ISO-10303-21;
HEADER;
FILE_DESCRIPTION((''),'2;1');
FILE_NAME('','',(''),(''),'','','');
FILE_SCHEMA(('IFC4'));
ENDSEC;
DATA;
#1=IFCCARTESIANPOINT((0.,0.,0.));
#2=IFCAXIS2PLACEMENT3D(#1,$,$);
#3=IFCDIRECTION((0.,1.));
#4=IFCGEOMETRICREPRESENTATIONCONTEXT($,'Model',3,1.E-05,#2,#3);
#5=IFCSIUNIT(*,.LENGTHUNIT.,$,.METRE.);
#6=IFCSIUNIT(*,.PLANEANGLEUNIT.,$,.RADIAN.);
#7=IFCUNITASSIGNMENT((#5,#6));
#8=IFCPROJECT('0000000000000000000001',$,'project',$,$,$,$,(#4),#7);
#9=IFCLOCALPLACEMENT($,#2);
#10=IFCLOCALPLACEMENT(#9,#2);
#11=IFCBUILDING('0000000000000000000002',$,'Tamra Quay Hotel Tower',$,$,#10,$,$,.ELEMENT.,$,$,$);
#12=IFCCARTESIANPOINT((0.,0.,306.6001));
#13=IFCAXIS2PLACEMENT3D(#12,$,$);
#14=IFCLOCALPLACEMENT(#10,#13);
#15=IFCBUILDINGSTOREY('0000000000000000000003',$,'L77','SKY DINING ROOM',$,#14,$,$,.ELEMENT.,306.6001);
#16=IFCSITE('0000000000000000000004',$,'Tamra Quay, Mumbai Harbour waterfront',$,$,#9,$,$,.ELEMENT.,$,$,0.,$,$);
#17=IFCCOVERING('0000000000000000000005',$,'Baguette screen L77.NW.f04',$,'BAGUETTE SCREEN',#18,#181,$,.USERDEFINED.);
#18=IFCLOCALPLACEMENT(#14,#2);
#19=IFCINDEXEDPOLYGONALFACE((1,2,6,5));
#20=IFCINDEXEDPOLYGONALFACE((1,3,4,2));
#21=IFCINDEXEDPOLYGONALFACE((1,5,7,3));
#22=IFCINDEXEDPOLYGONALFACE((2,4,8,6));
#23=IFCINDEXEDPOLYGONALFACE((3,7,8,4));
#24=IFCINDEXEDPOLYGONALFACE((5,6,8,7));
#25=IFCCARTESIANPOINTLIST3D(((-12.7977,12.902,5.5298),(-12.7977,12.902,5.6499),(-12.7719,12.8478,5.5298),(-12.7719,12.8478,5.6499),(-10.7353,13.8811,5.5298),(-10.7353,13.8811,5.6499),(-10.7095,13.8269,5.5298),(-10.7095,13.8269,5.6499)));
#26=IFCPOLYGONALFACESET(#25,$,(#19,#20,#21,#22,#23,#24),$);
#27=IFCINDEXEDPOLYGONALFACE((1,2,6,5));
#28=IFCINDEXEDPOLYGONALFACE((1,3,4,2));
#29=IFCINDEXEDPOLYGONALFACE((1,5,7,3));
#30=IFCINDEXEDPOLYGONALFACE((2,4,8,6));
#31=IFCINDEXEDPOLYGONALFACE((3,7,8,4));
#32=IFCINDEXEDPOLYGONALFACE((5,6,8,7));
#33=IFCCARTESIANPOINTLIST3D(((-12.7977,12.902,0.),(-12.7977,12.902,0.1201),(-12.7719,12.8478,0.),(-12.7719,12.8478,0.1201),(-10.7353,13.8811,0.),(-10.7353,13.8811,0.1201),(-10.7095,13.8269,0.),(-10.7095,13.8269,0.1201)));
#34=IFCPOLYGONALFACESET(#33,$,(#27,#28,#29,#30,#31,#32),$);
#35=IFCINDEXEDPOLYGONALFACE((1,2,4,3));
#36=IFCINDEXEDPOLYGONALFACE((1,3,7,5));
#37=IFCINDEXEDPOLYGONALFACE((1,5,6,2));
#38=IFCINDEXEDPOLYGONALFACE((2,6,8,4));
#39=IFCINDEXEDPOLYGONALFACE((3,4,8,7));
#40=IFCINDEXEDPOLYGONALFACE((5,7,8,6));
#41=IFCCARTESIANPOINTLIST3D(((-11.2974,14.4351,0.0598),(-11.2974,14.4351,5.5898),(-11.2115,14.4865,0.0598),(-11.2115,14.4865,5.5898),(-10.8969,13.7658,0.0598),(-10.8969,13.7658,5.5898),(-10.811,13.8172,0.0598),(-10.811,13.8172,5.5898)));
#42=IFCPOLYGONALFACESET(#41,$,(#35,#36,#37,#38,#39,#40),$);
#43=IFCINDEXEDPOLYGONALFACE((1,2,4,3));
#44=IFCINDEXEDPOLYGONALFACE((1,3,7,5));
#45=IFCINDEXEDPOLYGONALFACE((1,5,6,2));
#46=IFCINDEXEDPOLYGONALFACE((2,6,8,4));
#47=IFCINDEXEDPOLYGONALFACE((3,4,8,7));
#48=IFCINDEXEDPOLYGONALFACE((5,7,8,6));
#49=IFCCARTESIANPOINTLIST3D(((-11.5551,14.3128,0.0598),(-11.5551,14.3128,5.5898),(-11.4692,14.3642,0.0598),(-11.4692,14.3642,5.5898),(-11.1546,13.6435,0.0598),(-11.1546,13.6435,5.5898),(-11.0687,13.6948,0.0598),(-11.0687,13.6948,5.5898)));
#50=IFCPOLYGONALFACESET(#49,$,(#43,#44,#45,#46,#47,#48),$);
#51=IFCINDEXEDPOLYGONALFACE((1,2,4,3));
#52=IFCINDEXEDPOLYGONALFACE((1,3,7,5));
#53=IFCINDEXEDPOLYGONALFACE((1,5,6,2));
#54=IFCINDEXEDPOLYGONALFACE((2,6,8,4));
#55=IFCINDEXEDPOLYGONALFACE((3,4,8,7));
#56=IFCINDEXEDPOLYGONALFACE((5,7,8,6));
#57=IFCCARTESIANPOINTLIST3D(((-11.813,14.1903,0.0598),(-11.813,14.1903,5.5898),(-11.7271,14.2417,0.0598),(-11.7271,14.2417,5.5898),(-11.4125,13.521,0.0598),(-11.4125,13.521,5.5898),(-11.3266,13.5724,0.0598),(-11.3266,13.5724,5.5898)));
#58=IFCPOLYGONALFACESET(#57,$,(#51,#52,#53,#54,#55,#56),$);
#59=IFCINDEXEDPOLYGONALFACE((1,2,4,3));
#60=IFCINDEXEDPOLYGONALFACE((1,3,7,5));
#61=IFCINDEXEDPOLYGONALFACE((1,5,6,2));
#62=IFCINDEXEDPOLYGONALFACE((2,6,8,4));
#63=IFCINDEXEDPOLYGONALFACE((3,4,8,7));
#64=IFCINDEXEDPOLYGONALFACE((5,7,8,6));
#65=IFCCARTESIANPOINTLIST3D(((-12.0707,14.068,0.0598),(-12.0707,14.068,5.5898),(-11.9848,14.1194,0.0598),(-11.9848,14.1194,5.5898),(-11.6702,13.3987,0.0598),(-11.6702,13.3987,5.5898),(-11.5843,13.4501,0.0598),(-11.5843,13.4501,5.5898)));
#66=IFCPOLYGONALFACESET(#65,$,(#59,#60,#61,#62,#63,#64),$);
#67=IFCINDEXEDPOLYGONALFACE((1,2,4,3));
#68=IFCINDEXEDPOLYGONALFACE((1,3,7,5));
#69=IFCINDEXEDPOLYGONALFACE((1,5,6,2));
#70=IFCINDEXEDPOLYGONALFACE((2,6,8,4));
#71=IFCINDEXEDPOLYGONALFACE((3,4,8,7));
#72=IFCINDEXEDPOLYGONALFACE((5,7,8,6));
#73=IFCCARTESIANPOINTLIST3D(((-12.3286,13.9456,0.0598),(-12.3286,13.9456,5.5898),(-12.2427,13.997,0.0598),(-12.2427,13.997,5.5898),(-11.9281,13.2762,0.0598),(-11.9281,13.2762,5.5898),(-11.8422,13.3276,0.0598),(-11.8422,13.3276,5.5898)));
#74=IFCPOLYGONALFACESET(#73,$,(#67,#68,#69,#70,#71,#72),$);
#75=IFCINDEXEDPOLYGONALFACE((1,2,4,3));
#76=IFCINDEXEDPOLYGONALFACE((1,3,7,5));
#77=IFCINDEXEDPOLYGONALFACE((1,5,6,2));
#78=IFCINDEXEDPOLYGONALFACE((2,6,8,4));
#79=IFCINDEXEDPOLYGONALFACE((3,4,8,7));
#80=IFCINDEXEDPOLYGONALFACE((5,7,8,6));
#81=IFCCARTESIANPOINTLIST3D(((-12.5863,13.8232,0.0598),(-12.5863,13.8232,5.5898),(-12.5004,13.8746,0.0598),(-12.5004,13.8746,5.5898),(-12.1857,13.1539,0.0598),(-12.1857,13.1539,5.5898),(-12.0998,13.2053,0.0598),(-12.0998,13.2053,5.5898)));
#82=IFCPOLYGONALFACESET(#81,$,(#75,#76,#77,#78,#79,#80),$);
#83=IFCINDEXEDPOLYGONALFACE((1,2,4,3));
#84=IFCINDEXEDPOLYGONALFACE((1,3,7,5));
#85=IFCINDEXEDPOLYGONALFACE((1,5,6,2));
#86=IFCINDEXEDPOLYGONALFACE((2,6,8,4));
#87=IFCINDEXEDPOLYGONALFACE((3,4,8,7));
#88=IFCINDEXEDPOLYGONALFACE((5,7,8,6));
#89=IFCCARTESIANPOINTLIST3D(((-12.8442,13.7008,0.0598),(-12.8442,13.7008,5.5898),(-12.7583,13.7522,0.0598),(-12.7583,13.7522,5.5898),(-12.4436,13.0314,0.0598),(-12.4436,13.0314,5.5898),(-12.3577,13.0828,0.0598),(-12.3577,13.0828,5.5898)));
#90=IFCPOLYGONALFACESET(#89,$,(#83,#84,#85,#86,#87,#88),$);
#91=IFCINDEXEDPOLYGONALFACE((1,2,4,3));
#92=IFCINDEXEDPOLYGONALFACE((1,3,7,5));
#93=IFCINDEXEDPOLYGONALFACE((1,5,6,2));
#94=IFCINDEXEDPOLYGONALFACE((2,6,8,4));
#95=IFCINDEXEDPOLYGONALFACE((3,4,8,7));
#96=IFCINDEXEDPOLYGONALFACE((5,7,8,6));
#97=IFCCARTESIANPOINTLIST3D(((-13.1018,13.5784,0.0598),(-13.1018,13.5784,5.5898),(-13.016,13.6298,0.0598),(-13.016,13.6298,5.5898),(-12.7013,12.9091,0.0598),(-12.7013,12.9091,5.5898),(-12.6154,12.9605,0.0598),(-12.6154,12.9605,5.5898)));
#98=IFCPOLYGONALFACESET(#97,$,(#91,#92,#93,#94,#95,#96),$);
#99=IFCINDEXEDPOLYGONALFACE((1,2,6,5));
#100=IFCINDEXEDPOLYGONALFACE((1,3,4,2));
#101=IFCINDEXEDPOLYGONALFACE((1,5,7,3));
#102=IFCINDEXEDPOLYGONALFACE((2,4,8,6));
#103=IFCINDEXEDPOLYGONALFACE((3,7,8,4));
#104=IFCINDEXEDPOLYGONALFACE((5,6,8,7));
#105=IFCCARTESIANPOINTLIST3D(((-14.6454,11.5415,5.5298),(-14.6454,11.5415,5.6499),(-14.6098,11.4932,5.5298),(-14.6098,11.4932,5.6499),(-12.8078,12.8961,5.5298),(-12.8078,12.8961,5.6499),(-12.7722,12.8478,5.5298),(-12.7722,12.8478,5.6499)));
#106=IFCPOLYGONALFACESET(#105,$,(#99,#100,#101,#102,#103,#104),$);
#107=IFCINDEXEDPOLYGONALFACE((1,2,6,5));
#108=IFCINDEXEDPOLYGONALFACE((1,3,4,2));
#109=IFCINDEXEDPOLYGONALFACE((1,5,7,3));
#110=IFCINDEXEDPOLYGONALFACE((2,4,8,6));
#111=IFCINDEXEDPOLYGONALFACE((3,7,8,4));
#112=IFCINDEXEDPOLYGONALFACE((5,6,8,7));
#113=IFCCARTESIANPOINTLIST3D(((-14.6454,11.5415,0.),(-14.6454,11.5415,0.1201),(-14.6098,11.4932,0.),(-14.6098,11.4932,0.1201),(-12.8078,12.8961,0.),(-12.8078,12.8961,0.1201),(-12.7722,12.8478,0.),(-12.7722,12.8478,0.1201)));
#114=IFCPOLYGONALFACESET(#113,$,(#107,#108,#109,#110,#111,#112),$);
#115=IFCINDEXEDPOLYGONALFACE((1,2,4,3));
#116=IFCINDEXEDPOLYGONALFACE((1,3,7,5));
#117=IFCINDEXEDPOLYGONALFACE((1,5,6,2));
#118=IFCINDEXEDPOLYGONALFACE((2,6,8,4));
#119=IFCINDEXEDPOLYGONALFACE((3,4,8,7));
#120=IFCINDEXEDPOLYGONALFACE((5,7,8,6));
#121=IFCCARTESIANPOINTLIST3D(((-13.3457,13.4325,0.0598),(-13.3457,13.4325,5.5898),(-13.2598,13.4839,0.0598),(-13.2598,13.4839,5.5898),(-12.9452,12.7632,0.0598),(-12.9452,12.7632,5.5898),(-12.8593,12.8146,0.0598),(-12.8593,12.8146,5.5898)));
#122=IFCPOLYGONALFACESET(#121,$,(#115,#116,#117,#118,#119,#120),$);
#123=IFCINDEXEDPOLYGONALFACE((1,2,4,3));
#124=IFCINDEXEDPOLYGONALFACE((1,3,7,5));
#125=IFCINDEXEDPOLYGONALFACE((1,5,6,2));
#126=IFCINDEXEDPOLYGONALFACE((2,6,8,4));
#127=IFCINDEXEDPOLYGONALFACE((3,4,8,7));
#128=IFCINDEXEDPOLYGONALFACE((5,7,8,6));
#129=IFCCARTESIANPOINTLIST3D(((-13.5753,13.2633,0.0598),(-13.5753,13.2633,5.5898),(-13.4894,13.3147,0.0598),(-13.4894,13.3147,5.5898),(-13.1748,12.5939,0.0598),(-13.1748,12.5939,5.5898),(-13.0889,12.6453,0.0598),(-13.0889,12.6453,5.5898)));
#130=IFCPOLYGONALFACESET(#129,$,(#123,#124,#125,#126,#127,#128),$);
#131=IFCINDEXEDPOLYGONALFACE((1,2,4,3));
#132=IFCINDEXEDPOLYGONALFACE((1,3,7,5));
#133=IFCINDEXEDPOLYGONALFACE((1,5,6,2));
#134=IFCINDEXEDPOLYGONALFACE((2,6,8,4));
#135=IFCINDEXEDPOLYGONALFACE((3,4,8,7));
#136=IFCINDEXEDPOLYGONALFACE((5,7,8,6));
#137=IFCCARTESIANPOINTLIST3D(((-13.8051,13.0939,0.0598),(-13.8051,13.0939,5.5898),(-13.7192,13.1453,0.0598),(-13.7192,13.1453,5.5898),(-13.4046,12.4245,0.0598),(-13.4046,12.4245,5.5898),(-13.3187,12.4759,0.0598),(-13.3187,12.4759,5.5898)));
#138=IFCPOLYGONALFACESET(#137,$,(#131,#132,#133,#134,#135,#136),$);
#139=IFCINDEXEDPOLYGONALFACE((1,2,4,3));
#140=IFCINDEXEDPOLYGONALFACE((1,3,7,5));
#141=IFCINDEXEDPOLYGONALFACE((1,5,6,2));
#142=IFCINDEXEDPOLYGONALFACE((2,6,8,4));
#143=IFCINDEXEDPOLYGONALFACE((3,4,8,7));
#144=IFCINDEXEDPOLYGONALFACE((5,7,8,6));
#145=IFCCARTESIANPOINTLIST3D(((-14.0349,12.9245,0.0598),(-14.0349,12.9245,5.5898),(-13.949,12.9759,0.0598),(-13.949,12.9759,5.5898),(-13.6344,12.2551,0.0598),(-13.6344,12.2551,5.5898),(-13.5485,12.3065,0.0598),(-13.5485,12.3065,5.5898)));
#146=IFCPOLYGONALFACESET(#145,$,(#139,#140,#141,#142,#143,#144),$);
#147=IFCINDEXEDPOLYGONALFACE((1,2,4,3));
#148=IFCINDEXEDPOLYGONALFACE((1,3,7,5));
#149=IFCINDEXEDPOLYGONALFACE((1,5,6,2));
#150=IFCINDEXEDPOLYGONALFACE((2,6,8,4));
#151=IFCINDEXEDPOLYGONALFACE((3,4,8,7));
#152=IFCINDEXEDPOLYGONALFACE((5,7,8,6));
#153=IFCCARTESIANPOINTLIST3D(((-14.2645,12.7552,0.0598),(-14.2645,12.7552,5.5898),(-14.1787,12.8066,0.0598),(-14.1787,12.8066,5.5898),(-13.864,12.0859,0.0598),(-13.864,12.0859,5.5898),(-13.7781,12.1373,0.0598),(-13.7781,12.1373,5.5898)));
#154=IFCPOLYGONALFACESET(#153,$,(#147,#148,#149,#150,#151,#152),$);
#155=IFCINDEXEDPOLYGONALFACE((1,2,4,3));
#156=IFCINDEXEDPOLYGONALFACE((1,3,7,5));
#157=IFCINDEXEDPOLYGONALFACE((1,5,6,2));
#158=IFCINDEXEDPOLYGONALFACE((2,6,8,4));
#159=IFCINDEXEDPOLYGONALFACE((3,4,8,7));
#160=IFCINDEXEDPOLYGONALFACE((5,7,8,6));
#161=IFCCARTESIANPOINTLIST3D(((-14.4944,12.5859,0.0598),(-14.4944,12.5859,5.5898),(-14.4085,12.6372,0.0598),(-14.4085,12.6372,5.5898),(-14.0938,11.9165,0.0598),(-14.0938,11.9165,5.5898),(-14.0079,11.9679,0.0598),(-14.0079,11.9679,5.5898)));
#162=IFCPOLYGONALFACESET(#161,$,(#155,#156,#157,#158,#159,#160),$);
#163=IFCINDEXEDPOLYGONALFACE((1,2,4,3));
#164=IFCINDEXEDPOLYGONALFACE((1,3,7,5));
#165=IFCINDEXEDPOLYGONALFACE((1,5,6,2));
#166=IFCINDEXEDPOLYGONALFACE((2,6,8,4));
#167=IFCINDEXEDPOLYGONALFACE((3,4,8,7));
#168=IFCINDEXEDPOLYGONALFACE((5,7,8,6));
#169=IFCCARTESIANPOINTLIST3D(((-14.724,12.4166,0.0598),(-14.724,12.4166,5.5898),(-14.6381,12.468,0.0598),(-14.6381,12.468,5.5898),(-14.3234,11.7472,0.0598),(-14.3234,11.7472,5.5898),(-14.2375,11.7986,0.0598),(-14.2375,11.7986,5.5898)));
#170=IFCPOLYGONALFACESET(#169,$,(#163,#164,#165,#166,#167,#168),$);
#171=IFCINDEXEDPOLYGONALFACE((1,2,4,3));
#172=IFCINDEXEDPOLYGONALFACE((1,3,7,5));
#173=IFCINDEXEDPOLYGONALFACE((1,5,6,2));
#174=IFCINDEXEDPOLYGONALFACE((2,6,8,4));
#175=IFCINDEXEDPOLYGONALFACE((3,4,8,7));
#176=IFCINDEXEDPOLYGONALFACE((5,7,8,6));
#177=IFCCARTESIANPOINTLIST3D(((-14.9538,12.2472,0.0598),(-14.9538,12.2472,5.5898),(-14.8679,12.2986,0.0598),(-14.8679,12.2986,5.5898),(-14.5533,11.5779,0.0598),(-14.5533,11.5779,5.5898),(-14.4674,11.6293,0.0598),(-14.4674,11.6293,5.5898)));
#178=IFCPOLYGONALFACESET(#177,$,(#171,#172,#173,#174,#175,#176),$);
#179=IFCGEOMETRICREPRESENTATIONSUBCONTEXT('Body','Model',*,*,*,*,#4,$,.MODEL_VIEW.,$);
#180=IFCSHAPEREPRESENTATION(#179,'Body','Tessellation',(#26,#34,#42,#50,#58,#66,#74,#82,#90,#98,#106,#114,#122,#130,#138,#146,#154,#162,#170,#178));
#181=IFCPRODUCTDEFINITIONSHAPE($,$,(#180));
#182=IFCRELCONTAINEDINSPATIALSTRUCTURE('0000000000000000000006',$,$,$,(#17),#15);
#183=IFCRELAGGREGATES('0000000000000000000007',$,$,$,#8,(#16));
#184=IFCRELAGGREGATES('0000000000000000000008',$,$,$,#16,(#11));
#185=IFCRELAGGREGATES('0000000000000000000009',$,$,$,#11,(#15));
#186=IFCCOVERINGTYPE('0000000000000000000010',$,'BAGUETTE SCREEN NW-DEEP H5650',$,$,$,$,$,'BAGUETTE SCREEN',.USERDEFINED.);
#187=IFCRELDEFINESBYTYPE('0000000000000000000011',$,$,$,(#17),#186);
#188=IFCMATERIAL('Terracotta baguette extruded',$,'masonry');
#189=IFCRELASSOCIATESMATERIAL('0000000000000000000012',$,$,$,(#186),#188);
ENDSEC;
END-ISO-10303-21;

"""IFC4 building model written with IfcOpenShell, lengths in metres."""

from ifc_helpers import new_model, si_unit, direction, frame, frame_2d, origin, place, context, subcontext, project, spatial, rectangle, extrude, source, transform, mapped, material, type_object, element, save


model = new_model("IFC4")

# Units and contexts
model_context = context("Model", 3, precision=1e-05, world=origin(), true_north=direction((0.0, 1.0)))
body_context = subcontext(model_context, "Body", "Model", "MODEL_VIEW")
ifc_project = project(units=[si_unit("LENGTHUNIT", "METRE"), si_unit("PLANEANGLEUNIT", "RADIAN")], contexts=[model_context])

# Site, building, storey
site_placement = place(None, origin())
site = spatial("IfcSite", under=ifc_project, at=site_placement, Name="Tamra Quay, Mumbai Harbour waterfront", CompositionType="ELEMENT", RefElevation=0.0)
building_placement = place(site_placement, origin())
building = spatial("IfcBuilding", under=site, at=building_placement, Name="Tamra Quay Hotel Tower", CompositionType="ELEMENT")
storey_placement = place(building_placement, frame((0.0, 0.0, 306.6001)))
storey = spatial("IfcBuildingStorey", under=building, at=storey_placement, Name="L77", Description="SKY DINING ROOM", CompositionType="ELEMENT", Elevation=306.6001)

# Covering
ifc_material_1 = material(Name="Terracotta baguette extruded", Category="masonry")
covering_type_1 = type_object("IfcCoveringType", Name="BAGUETTE SCREEN NW-DEEP H5650", ElementType="BAGUETTE SCREEN", PredefinedType="USERDEFINED", material=ifc_material_1)
shared_shape_1 = source(origin(), body_context, "Body", "SweptSolid", [
    extrude(rectangle(XDim=2.283, YDim=0.0601, at=frame_2d((1.1416, 0.03))), frame((-2.2783, -0.0576, -0.1201), z_axis=(0.0, 0.0, 1.0), x_axis=(0.995396, -0.095846, 0.0)), (0.0, 0.0, 1.0), 0.1201),
    extrude(rectangle(XDim=2.283, YDim=0.0601, at=frame_2d((1.1416, 0.03))), frame((-2.2783, -0.0576, -5.6499), z_axis=(0.0, 0.0, 1.0), x_axis=(0.995396, -0.095846, 0.0)), (0.0, 0.0, 1.0), 0.1201),
    extrude(rectangle(XDim=0.1001, YDim=0.78, at=frame_2d((0.05, 0.3901))), frame((-2.1804, -0.8218, -5.5901)), (0.0, 0.0, 1.0), 5.53),
    extrude(rectangle(XDim=0.1001, YDim=0.78, at=frame_2d((0.05, 0.3901))), frame((-1.8965, -0.8491, -5.5901)), (0.0, 0.0, 1.0), 5.53),
    extrude(rectangle(XDim=0.1001, YDim=0.78, at=frame_2d((0.05, 0.3901))), frame((-1.6123, -0.8765, -5.5901)), (0.0, 0.0, 1.0), 5.53),
    extrude(rectangle(XDim=0.1001, YDim=0.78, at=frame_2d((0.05, 0.3901))), frame((-1.3284, -0.9038, -5.5901)), (0.0, 0.0, 1.0), 5.53),
    extrude(rectangle(XDim=0.1001, YDim=0.78, at=frame_2d((0.05, 0.3901))), frame((-1.0442, -0.9312, -5.5901)), (0.0, 0.0, 1.0), 5.53),
    extrude(rectangle(XDim=0.1001, YDim=0.78, at=frame_2d((0.05, 0.3901))), frame((-0.7603, -0.9585, -5.5901)), (0.0, 0.0, 1.0), 5.53),
    extrude(rectangle(XDim=0.1001, YDim=0.78, at=frame_2d((0.05, 0.3901))), frame((-0.4761, -0.9858, -5.5901)), (0.0, 0.0, 1.0), 5.53),
    extrude(rectangle(XDim=0.1001, YDim=0.78, at=frame_2d((0.05, 0.3901))), frame((-0.1921, -1.0132, -5.5901)), (0.0, 0.0, 1.0), 5.53),
    extrude(rectangle(XDim=2.283, YDim=0.0601, at=frame_2d((1.1416, 0.03))), frame((0.0059, -0.2766, -0.1201), z_axis=(0.0, 0.0, 1.0), x_axis=(0.995396, 0.095846, 0.0)), (0.0, 0.0, 1.0), 0.1201),
    extrude(rectangle(XDim=2.283, YDim=0.0601, at=frame_2d((1.1416, 0.03))), frame((0.0059, -0.2766, -5.6499), z_axis=(0.0, 0.0, 1.0), x_axis=(0.995396, 0.095846, 0.0)), (0.0, 0.0, 1.0), 0.1201),
    extrude(rectangle(XDim=0.1001, YDim=0.78, at=frame_2d((0.05, 0.3901))), frame((0.092, -1.0132, -5.5901)), (0.0, 0.0, 1.0), 5.53),
    extrude(rectangle(XDim=0.1001, YDim=0.78, at=frame_2d((0.05, 0.3901))), frame((0.376, -0.9858, -5.5901)), (0.0, 0.0, 1.0), 5.53),
    extrude(rectangle(XDim=0.1001, YDim=0.78, at=frame_2d((0.05, 0.3901))), frame((0.6602, -0.9585, -5.5901)), (0.0, 0.0, 1.0), 5.53),
    extrude(rectangle(XDim=0.1001, YDim=0.78, at=frame_2d((0.05, 0.3901))), frame((0.9443, -0.9312, -5.5901)), (0.0, 0.0, 1.0), 5.53),
    extrude(rectangle(XDim=0.1001, YDim=0.78, at=frame_2d((0.05, 0.3901))), frame((1.2283, -0.9038, -5.5901)), (0.0, 0.0, 1.0), 5.53),
    extrude(rectangle(XDim=0.1001, YDim=0.78, at=frame_2d((0.05, 0.3901))), frame((1.5125, -0.8765, -5.5901)), (0.0, 0.0, 1.0), 5.53),
    extrude(rectangle(XDim=0.1001, YDim=0.78, at=frame_2d((0.05, 0.3901))), frame((1.7964, -0.8491, -5.5901)), (0.0, 0.0, 1.0), 5.53),
    extrude(rectangle(XDim=0.1001, YDim=0.78, at=frame_2d((0.05, 0.3901))), frame((2.0806, -0.8218, -5.5901)), (0.0, 0.0, 1.0), 5.53),
])
for number, where, z_axis, x_axis, name in (
    (1, (-12.6606, 12.6619, 5.6499), (0.0, 0.0, 1.0), (-0.858103, -0.513477, 0.0), "Baguette screen L77.NW.f04"),
):
    element("IfcCovering", number, at=place(storey_placement, frame(where, z_axis=z_axis, x_axis=x_axis)), inside=storey, type_object=covering_type_1, Name=name, ObjectType="BAGUETTE SCREEN", PredefinedType="USERDEFINED", context=body_context, shape_type="MappedRepresentation", body=[
        mapped(shared_shape_1, transform((0.0, 0.0, 0.0), scale=1.0)),
    ])

save(model, "model.ifc")
